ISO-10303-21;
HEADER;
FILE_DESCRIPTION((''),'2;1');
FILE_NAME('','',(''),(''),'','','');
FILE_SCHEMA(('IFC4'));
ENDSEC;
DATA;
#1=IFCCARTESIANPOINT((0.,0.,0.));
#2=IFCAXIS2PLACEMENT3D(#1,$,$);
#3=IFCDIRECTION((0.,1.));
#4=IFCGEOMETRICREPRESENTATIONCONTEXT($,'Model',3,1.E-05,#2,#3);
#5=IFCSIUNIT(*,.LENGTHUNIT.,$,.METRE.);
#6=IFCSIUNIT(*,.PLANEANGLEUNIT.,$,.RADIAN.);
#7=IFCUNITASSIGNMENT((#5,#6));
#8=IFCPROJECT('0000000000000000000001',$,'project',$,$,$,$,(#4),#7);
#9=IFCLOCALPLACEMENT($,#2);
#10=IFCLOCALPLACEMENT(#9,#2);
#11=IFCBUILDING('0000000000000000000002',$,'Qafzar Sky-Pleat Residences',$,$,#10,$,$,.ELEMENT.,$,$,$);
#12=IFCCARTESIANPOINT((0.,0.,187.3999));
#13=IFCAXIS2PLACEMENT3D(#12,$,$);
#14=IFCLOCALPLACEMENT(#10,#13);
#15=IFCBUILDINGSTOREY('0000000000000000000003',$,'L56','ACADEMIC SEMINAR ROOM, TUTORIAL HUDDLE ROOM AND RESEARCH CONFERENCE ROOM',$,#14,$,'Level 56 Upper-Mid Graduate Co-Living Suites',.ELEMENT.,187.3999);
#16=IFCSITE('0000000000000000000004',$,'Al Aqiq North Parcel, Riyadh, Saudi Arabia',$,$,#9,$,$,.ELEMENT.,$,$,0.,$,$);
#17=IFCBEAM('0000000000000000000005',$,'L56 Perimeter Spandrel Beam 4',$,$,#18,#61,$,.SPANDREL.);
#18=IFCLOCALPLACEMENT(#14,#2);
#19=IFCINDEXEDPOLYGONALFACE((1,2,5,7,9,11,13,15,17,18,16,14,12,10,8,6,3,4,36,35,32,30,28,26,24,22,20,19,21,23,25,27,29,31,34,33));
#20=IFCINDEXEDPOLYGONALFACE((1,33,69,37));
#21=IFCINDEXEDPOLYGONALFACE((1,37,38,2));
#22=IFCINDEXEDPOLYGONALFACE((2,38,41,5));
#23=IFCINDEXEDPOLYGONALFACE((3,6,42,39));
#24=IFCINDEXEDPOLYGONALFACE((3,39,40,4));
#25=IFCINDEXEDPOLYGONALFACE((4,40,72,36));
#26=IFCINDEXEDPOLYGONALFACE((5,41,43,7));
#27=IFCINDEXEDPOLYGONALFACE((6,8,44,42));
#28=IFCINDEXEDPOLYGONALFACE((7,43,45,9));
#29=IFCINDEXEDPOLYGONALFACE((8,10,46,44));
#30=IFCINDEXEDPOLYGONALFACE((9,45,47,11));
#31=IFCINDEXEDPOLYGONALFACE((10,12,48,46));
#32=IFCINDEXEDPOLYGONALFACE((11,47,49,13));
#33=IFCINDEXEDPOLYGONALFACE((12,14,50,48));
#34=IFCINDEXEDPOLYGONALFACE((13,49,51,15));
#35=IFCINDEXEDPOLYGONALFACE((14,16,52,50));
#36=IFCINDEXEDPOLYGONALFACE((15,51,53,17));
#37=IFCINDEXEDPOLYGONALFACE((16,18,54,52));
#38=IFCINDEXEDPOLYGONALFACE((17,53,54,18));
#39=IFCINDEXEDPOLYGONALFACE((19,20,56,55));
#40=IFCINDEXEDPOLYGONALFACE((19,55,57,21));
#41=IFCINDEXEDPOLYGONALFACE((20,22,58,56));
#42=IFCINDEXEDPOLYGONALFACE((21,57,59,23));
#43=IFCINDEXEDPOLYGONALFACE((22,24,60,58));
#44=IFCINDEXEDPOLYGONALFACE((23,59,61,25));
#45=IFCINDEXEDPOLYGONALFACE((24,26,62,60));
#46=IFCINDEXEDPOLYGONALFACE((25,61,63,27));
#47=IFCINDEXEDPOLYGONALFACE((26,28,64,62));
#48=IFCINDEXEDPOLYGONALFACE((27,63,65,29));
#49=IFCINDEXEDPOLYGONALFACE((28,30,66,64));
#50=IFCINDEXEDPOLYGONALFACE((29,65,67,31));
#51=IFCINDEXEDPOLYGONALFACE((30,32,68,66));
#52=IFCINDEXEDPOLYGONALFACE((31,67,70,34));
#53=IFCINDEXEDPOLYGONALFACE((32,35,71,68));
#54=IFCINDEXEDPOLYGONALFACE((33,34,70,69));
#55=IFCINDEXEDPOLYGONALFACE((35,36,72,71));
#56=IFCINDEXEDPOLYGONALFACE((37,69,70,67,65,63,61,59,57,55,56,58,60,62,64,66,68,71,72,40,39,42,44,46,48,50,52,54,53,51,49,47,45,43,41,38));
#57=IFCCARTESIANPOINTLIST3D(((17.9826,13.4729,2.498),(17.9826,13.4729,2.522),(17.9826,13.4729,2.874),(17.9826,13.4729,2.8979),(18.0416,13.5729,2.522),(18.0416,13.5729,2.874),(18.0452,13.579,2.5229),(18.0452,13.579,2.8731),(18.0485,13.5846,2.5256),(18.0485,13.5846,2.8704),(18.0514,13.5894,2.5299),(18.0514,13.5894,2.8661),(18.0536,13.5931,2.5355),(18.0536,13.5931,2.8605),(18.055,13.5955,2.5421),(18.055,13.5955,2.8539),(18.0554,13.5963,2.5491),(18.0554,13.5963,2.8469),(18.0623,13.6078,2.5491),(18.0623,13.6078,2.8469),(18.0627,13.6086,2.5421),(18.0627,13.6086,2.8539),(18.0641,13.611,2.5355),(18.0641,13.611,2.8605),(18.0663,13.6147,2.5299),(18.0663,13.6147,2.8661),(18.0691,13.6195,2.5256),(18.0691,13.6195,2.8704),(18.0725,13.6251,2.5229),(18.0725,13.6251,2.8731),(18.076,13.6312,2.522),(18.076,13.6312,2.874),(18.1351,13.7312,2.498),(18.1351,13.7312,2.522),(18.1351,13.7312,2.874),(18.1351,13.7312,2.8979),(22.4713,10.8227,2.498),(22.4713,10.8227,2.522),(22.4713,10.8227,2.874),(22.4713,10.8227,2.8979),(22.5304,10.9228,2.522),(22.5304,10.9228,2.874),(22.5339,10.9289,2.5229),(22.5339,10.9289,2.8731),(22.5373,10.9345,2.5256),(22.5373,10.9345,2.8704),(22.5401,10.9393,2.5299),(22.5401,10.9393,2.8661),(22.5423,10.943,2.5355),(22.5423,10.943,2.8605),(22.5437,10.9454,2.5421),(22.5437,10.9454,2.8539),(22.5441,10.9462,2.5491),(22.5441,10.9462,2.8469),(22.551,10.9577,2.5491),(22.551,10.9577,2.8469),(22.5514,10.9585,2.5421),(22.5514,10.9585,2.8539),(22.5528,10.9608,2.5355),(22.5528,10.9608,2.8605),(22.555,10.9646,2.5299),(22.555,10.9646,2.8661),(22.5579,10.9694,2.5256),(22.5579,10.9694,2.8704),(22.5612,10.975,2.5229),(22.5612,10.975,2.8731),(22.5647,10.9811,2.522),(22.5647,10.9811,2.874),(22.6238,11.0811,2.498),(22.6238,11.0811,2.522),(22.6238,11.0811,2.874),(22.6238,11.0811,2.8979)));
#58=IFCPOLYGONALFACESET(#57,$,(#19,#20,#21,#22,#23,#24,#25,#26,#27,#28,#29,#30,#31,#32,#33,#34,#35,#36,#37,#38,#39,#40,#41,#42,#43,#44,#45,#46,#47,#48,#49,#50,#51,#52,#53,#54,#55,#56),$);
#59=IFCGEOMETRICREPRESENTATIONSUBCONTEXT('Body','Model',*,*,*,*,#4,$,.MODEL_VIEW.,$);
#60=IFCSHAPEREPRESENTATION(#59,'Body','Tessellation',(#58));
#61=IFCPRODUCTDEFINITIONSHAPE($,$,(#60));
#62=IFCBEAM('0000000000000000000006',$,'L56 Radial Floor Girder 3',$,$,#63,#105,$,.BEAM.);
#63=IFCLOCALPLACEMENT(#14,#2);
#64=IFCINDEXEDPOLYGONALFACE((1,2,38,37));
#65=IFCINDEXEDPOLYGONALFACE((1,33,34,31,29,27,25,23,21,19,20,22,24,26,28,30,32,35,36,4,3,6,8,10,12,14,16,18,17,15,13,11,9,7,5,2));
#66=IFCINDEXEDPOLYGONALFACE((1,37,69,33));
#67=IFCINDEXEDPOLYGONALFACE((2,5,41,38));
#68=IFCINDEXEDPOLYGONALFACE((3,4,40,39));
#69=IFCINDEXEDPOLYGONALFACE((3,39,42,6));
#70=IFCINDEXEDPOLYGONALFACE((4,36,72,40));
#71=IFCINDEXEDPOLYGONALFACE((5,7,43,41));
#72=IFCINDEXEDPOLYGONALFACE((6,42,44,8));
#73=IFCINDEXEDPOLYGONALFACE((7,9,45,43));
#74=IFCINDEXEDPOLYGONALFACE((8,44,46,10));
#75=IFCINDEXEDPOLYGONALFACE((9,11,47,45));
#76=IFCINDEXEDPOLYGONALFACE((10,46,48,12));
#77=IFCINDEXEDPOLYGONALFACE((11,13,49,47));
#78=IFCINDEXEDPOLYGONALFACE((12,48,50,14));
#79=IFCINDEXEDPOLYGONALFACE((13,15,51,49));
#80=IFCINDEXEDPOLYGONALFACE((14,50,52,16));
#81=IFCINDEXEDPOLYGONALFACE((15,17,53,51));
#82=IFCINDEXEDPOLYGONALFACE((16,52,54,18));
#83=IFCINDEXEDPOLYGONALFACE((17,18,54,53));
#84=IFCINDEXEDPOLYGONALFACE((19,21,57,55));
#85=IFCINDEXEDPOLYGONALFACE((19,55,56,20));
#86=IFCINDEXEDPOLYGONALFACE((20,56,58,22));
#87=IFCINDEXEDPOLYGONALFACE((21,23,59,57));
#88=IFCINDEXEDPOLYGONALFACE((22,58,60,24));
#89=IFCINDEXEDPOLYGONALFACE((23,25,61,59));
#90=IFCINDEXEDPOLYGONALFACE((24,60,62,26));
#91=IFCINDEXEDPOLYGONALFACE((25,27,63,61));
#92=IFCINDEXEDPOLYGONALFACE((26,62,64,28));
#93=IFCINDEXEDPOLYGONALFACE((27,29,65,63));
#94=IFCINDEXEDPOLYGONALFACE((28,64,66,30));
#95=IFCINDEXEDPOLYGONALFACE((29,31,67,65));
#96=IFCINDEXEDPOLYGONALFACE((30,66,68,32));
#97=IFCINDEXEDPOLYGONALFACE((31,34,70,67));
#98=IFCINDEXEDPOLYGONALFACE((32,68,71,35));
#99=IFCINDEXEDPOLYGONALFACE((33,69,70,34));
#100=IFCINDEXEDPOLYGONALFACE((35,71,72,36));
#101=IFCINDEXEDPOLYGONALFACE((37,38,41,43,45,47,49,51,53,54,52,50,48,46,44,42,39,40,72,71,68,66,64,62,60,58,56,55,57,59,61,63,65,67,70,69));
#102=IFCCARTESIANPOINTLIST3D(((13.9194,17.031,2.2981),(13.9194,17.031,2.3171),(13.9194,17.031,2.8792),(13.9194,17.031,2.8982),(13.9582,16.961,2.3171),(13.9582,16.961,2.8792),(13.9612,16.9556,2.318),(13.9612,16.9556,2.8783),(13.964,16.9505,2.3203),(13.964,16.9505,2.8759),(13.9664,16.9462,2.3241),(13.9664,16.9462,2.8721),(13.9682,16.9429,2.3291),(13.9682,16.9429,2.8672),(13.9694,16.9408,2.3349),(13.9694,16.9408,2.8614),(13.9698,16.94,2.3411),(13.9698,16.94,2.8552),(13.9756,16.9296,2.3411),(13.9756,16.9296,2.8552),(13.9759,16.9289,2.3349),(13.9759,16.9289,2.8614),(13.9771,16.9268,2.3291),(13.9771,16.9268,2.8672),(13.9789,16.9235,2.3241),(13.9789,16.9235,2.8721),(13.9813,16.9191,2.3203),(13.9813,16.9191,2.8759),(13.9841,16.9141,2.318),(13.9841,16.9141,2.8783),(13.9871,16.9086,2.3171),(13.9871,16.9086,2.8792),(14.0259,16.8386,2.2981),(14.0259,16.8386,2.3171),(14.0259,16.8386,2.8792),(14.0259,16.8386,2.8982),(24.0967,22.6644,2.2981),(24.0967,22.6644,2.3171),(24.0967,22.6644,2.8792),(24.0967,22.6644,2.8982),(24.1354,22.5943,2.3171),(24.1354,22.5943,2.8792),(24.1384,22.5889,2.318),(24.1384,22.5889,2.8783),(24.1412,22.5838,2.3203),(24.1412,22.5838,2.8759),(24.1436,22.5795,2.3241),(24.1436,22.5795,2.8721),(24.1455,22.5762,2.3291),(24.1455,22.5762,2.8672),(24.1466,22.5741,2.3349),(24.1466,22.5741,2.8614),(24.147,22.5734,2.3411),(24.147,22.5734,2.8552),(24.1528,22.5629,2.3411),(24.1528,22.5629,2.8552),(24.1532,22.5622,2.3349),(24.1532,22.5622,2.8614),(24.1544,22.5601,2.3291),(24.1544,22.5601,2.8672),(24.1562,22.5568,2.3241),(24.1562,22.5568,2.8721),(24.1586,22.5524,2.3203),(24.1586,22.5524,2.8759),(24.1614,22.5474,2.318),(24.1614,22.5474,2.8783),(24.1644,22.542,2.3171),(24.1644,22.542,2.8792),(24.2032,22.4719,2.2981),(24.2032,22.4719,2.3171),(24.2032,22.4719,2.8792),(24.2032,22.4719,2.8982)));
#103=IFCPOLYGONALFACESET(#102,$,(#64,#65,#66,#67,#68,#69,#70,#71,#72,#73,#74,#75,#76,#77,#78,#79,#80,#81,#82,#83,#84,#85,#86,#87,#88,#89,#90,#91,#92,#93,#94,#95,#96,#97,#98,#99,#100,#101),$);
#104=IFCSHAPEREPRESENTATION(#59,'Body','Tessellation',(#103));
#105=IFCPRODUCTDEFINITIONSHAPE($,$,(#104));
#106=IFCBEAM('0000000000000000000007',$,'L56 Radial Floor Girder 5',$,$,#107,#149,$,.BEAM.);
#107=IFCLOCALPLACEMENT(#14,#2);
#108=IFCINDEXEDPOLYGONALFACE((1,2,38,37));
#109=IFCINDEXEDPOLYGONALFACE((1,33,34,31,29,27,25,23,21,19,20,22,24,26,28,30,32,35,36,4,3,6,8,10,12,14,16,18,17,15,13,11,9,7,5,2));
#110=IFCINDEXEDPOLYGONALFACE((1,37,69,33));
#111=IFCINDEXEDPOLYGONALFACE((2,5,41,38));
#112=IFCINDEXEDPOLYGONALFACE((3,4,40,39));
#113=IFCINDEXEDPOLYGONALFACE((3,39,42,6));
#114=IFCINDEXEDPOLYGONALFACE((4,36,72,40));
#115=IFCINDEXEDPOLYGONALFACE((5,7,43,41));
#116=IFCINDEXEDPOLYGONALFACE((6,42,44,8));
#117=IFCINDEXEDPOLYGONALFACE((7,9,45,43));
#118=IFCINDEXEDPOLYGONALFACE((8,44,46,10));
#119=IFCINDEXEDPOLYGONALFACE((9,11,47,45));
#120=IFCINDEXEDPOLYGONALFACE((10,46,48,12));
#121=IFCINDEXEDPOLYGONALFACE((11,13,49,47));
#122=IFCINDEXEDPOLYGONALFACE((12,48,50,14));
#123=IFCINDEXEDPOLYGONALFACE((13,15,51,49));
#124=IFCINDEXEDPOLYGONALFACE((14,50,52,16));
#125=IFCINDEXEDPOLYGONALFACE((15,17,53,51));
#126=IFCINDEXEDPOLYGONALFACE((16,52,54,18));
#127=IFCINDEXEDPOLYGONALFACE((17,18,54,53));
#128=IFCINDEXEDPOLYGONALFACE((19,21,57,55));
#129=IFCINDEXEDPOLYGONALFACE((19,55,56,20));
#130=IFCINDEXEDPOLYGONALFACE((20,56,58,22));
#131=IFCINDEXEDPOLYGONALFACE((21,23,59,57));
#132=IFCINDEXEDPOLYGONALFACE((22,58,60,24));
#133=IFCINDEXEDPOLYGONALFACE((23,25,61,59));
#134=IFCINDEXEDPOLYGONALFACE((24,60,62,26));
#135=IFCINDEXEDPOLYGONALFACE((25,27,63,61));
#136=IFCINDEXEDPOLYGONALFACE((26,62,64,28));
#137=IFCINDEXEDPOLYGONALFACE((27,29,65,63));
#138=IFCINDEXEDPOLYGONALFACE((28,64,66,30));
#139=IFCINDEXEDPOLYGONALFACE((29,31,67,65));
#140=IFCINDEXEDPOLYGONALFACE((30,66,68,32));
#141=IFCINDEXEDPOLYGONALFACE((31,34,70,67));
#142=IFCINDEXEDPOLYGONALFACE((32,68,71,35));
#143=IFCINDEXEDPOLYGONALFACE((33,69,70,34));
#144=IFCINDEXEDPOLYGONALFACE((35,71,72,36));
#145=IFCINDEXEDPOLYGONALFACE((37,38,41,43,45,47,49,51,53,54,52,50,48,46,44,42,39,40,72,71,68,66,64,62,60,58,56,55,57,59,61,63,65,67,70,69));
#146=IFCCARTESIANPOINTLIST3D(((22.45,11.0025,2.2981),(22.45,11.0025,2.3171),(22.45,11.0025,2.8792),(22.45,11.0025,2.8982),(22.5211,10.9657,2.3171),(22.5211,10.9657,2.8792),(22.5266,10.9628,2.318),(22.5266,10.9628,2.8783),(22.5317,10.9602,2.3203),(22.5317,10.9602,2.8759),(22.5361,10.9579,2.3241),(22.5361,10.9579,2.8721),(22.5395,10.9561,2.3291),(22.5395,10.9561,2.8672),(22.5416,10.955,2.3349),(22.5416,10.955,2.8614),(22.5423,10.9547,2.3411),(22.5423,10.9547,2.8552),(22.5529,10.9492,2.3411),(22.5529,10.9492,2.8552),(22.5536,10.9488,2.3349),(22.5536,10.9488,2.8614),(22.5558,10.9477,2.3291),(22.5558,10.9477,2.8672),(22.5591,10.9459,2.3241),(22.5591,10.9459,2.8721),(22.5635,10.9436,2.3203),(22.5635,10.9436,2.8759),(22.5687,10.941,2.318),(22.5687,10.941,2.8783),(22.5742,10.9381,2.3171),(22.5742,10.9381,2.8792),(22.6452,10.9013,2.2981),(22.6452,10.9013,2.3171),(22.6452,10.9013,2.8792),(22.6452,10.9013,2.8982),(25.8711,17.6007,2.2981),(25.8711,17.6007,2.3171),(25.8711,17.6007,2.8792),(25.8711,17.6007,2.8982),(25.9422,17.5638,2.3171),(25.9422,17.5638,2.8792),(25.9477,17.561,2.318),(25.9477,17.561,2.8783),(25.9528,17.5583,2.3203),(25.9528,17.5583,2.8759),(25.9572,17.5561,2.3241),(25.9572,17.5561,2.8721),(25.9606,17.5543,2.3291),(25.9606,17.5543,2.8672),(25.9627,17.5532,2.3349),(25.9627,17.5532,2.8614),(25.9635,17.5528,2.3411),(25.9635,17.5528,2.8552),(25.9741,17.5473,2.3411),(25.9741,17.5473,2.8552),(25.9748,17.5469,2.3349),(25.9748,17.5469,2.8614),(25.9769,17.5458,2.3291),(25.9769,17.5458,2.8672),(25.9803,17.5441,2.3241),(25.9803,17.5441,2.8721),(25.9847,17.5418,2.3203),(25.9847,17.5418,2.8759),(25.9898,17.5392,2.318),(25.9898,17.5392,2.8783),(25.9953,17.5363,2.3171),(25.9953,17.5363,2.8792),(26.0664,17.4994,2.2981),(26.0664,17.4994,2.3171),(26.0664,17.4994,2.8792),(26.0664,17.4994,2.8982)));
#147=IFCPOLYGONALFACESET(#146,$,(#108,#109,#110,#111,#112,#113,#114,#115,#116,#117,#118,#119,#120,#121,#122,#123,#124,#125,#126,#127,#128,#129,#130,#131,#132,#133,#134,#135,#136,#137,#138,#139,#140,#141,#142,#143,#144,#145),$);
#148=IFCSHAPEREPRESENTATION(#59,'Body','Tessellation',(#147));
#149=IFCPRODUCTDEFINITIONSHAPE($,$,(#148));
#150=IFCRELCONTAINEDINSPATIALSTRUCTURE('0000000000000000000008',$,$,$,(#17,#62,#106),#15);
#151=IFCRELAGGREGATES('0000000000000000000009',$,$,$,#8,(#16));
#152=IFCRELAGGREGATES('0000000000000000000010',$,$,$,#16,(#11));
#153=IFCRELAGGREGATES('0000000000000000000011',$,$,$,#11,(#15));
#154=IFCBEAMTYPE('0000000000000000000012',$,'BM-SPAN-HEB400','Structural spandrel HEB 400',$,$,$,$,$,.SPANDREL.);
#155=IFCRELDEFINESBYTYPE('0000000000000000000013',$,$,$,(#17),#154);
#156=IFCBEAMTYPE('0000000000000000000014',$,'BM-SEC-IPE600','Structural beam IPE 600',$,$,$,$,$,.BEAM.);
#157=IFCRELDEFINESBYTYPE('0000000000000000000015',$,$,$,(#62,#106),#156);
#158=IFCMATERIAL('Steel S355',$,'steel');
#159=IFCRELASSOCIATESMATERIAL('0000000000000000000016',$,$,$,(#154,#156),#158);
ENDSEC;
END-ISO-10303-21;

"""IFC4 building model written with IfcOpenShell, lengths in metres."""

from ifc_helpers import new_model, si_unit, direction, frame, origin, origin_2d, place, context, subcontext, project, spatial, i_section, extrude, source, transform, mapped, material, material_profile, profile_set, type_object, element, save


model = new_model("IFC4")

# Units and contexts
model_context = context("Model", 3, precision=1e-05, world=origin(), true_north=direction((0.0, 1.0)))
body_context = subcontext(model_context, "Body", "Model", "MODEL_VIEW")
ifc_project = project(units=[si_unit("LENGTHUNIT", "METRE"), si_unit("PLANEANGLEUNIT", "RADIAN")], contexts=[model_context])

# Site, building, storey
site_placement = place(None, origin())
site = spatial("IfcSite", under=ifc_project, at=site_placement, Name="Al Aqiq North Parcel, Riyadh, Saudi Arabia", CompositionType="ELEMENT", RefElevation=0.0)
building_placement = place(site_placement, origin())
building = spatial("IfcBuilding", under=site, at=building_placement, Name="Qafzar Sky-Pleat Residences", CompositionType="ELEMENT")
storey_placement = place(building_placement, frame((0.0, 0.0, 187.3999)))
storey = spatial("IfcBuildingStorey", under=building, at=storey_placement, Name="L56", Description="ACADEMIC SEMINAR ROOM, TUTORIAL HUDDLE ROOM AND RESEARCH CONFERENCE ROOM", LongName="Level 56 Upper-Mid Graduate Co-Living Suites", CompositionType="ELEMENT", Elevation=187.3999)

# Shared definitions
ifc_material_1 = material(Name="Steel S355", Category="steel")

# Beams
ifc_material_profile_1 = material_profile(ifc_material_1, i_section(OverallWidth=0.3, OverallDepth=0.3999, WebThickness=0.0134, FlangeThickness=0.0239, FilletRadius=0.0271, at=origin_2d()), Name="HEB 400")
ifc_profile_set_1 = profile_set([ifc_material_profile_1], Name="Steel S355")
beam_type_1 = type_object("IfcBeamType", Name="BM-SPAN-HEB400", Description="Structural spandrel HEB 400", PredefinedType="SPANDREL", material=ifc_profile_set_1)
shared_shape_1 = source(origin(), body_context, "Body", "SweptSolid", [
    extrude(i_section(OverallWidth=0.3, OverallDepth=0.3999, WebThickness=0.0134, FlangeThickness=0.0239, FilletRadius=0.0271, at=origin_2d()), origin(), (0.0, 0.0, 1.0), 5.2126),
])
beam_1_placement = place(storey_placement, frame((18.0588, 13.6021, 2.698), z_axis=(0.86112, -0.508401, 0.0), x_axis=(0.508401, 0.86112, 0.0)))
element("IfcBeam", 1, at=beam_1_placement, inside=storey, type_object=beam_type_1, Name="L56 Perimeter Spandrel Beam 4", PredefinedType="SPANDREL", context=body_context, shape_type="MappedRepresentation", body=[
    mapped(shared_shape_1, transform((0.0, 0.0, 0.0), x_axis=(1.0, 0.0, 0.0), y_axis=(0.0, 1.0, 0.0), z_axis=(0.0, 0.0, 1.0), scale=1.0)),
])
ifc_material_profile_2 = material_profile(ifc_material_1, i_section(OverallWidth=0.22, OverallDepth=0.6001, WebThickness=0.012, FlangeThickness=0.019, FilletRadius=0.0239, at=origin_2d()), Name="IPE 600")
ifc_profile_set_2 = profile_set([ifc_material_profile_2], Name="Steel S355")
beam_type_2 = type_object("IfcBeamType", Name="BM-SEC-IPE600", Description="Structural beam IPE 600", PredefinedType="BEAM", material=ifc_profile_set_2)
shared_shape_2 = source(origin(), body_context, "Body", "SweptSolid", [
    extrude(i_section(OverallWidth=0.22, OverallDepth=0.6001, WebThickness=0.012, FlangeThickness=0.019, FilletRadius=0.0239, at=origin_2d()), origin(), (0.0, 0.0, 1.0), 11.6323),
])
beam_2_placement = place(storey_placement, frame((13.9727, 16.9348, 2.5981), z_axis=(0.874913, 0.484281, 0.0), x_axis=(-0.484281, 0.874913, 0.0)))
element("IfcBeam", 2, at=beam_2_placement, inside=storey, type_object=beam_type_2, Name="L56 Radial Floor Girder 3", PredefinedType="BEAM", context=body_context, shape_type="MappedRepresentation", body=[
    mapped(shared_shape_2, transform((0.0, 0.0, 0.0), x_axis=(1.0, 0.0, 0.0), y_axis=(0.0, 1.0, 0.0), z_axis=(0.0, 0.0, 1.0), scale=1.0)),
])
shared_shape_3 = source(origin(), body_context, "Body", "SweptSolid", [
    extrude(i_section(OverallWidth=0.22, OverallDepth=0.6001, WebThickness=0.012, FlangeThickness=0.019, FilletRadius=0.0239, at=origin_2d()), origin(), (0.0, 0.0, 1.0), 7.4324),
])
beam_3_placement = place(storey_placement, frame((22.5476, 10.9519, 2.5981), z_axis=(0.460305, 0.887761, 0.0), x_axis=(-0.887761, 0.460305, 0.0)))
element("IfcBeam", 3, at=beam_3_placement, inside=storey, type_object=beam_type_2, Name="L56 Radial Floor Girder 5", PredefinedType="BEAM", context=body_context, shape_type="MappedRepresentation", body=[
    mapped(shared_shape_3, transform((0.0, 0.0, 0.0), x_axis=(1.0, 0.0, 0.0), y_axis=(0.0, 1.0, 0.0), z_axis=(0.0, 0.0, 1.0), scale=1.0)),
])

save(model, "model.ifc")
